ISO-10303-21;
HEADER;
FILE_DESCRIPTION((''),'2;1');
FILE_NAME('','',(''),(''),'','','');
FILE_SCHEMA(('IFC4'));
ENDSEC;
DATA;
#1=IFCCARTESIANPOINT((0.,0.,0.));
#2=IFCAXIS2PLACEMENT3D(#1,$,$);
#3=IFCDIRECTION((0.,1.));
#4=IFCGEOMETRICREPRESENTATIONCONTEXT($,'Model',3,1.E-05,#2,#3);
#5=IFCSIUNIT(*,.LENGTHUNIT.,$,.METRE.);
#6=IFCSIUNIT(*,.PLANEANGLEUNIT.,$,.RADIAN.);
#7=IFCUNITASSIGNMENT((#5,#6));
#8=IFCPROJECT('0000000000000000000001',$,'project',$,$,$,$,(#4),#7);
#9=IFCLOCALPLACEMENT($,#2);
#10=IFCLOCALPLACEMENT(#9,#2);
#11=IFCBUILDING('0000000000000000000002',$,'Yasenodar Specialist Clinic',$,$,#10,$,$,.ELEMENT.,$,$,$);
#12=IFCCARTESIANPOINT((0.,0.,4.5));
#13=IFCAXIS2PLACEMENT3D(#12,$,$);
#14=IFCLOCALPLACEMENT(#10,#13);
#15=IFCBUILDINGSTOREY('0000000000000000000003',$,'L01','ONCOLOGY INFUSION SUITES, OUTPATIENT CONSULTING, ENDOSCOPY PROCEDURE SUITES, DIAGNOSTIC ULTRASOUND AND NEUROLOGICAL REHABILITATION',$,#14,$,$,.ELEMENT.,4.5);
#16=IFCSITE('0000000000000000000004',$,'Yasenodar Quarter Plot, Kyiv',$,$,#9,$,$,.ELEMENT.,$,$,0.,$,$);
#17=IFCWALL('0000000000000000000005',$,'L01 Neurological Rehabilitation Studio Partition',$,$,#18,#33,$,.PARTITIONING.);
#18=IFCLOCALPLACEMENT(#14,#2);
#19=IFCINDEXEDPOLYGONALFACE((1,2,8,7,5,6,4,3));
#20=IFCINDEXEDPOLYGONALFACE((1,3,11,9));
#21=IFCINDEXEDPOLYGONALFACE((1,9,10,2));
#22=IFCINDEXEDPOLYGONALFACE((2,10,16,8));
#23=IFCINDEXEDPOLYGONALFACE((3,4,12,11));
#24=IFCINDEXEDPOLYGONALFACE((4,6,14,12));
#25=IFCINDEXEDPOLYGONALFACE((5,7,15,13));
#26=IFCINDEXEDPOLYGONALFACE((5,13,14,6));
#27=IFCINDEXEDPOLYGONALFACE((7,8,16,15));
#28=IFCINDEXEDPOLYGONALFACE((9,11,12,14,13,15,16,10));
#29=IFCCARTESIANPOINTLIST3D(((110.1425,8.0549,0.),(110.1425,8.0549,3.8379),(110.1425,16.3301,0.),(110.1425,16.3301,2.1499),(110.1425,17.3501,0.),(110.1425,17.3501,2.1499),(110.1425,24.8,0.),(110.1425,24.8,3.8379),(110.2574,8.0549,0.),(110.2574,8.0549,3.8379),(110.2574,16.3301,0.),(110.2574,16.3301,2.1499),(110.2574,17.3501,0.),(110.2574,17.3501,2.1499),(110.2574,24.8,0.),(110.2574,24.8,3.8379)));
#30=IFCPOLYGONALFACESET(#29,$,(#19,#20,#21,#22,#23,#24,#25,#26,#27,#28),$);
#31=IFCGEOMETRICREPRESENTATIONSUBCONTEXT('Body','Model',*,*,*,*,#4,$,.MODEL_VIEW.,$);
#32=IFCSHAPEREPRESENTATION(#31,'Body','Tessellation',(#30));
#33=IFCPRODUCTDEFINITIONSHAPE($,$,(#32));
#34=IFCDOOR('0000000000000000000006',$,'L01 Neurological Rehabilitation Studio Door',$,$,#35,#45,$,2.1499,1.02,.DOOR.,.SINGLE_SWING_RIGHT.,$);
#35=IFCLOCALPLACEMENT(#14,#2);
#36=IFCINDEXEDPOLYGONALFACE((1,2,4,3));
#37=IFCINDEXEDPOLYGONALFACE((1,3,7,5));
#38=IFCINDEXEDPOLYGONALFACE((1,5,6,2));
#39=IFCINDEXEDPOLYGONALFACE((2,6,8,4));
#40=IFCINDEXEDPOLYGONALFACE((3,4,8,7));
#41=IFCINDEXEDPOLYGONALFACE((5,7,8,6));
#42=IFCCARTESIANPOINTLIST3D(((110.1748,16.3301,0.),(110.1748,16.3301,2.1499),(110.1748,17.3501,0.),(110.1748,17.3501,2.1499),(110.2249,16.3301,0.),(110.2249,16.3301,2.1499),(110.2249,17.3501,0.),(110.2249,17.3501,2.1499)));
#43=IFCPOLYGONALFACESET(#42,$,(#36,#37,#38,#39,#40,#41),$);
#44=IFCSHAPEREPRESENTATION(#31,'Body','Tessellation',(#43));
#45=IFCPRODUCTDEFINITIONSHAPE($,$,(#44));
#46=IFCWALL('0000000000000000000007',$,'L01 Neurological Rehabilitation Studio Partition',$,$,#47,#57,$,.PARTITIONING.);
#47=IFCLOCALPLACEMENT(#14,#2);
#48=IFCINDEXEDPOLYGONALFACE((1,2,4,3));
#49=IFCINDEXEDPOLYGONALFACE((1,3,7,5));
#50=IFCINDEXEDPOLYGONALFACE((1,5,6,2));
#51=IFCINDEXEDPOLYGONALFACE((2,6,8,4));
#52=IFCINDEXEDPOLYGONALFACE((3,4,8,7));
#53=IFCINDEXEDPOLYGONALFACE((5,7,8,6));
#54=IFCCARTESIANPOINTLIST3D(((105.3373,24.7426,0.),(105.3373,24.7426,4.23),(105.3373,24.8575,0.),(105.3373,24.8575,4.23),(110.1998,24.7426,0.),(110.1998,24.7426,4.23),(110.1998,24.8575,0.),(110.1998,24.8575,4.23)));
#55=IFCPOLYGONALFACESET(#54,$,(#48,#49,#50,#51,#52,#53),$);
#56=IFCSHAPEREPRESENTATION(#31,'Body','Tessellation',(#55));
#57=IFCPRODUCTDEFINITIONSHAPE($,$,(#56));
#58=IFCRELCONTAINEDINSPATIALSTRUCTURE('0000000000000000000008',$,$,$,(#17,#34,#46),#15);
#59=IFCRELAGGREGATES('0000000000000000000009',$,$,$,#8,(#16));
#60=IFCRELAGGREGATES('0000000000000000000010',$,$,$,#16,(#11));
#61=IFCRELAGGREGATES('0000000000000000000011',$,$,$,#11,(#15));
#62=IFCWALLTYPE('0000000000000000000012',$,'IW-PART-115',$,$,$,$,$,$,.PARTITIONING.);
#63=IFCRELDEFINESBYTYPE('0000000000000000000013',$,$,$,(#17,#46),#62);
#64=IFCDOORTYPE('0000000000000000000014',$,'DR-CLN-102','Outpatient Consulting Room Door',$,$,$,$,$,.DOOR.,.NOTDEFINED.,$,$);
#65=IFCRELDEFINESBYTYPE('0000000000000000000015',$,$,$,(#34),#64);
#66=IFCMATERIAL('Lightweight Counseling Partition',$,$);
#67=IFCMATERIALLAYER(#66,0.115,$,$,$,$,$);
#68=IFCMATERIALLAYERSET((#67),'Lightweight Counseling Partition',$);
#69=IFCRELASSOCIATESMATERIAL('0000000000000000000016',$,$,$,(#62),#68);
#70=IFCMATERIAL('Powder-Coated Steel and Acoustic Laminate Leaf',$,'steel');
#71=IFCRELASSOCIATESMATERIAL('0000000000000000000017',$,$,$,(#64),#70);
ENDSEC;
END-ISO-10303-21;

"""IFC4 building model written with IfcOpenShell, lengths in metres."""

from ifc_helpers import new_model, si_unit, direction, frame, frame_2d, origin, place, context, subcontext, project, spatial, rectangle, extrude, material, layer, layer_set, type_object, element, fill, save


model = new_model("IFC4")

# Units and contexts
model_context = context("Model", 3, precision=1e-05, world=origin(), true_north=direction((0.0, 1.0)))
body_context = subcontext(model_context, "Body", "Model", "MODEL_VIEW")
ifc_project = project(units=[si_unit("LENGTHUNIT", "METRE"), si_unit("PLANEANGLEUNIT", "RADIAN")], contexts=[model_context])

# Site, building, storey
site_placement = place(None, origin())
site = spatial("IfcSite", under=ifc_project, at=site_placement, Name="Yasenodar Quarter Plot, Kyiv", CompositionType="ELEMENT", RefElevation=0.0)
building_placement = place(site_placement, origin())
building = spatial("IfcBuilding", under=site, at=building_placement, Name="Yasenodar Specialist Clinic", CompositionType="ELEMENT")
storey_placement = place(building_placement, frame((0.0, 0.0, 4.5)))
storey = spatial("IfcBuildingStorey", under=building, at=storey_placement, Name="L01", Description="ONCOLOGY INFUSION SUITES, OUTPATIENT CONSULTING, ENDOSCOPY PROCEDURE SUITES, DIAGNOSTIC ULTRASOUND AND NEUROLOGICAL REHABILITATION", CompositionType="ELEMENT", Elevation=4.5)

# Shared definitions
ifc_material_1 = material(Name="Powder-Coated Steel and Acoustic Laminate Leaf", Category="steel")

# Wall, opening, door
ifc_material_2 = material(Name="Lightweight Counseling Partition")
ifc_layer_1 = layer(ifc_material_2, 0.115)
ifc_layer_set_1 = layer_set([ifc_layer_1], Name="Lightweight Counseling Partition")
wall_type_1 = type_object("IfcWallType", Name="IW-PART-115", PredefinedType="PARTITIONING", material=ifc_layer_set_1)
wall_1_placement = place(storey_placement, frame((110.2, 24.8, 0.0), z_axis=(0.0, 0.0, 1.0), x_axis=(0.0, -1.0, 0.0)))
wall_1 = element("IfcWall", 1, at=wall_1_placement, inside=storey, type_object=wall_type_1, Name="L01 Neurological Rehabilitation Studio Partition", PredefinedType="PARTITIONING", context=body_context, shape_type="SweptSolid", body=[
    extrude(rectangle(XDim=16.7451, YDim=0.115, at=frame_2d((8.3726, 0.0))), origin(), (0.0, 0.0, 1.0), 3.8379),
])
opening_1_placement = place(wall_1_placement, frame((7.45, 0.0, 0.0)))
opening_1 = element("IfcOpeningElement", 2, at=opening_1_placement, cuts=wall_1, PredefinedType="OPENING", context=body_context, shape_type="SweptSolid", body=[
    extrude(rectangle(XDim=1.02, YDim=2.1499, at=frame_2d((0.51, 1.075))), frame((0.0, 0.0674, 0.0), z_axis=(0.0, -1.0, 0.0), x_axis=(1.0, 0.0, 0.0)), (0.0, 0.0, 1.0), 0.135),
])
door_type_1 = type_object("IfcDoorType", Name="DR-CLN-102", Description="Outpatient Consulting Room Door", OperationType="NOTDEFINED", PredefinedType="DOOR", material=ifc_material_1)
door_1_placement = place(opening_1_placement, origin())
door_1 = element("IfcDoor", 3, at=door_1_placement, inside=storey, type_object=door_type_1, Name="L01 Neurological Rehabilitation Studio Door", OperationType="SINGLE_SWING_RIGHT", OverallHeight=2.1499, OverallWidth=1.02, PredefinedType="DOOR", context=body_context, shape_type="SweptSolid", body=[
    extrude(rectangle(XDim=1.02, YDim=2.1499, at=frame_2d((0.51, 1.075))), frame((0.0, 0.0249, 0.0), z_axis=(0.0, -1.0, 0.0), x_axis=(1.0, 0.0, 0.0)), (0.0, 0.0, 1.0), 0.05),
])
fill(opening_1, door_1)

# Wall
wall_2_placement = place(storey_placement, frame((105.3374, 24.8, 0.0), z_axis=(0.0, 0.0, 1.0), x_axis=(1.0, 0.0, 0.0)))
element("IfcWall", 4, at=wall_2_placement, inside=storey, type_object=wall_type_1, Name="L01 Neurological Rehabilitation Studio Partition", PredefinedType="PARTITIONING", context=body_context, shape_type="SweptSolid", body=[
    extrude(rectangle(XDim=4.8625, YDim=0.115, at=frame_2d((2.4312, 0.0))), origin(), (0.0, 0.0, 1.0), 4.23),
])

save(model, "model.ifc")
